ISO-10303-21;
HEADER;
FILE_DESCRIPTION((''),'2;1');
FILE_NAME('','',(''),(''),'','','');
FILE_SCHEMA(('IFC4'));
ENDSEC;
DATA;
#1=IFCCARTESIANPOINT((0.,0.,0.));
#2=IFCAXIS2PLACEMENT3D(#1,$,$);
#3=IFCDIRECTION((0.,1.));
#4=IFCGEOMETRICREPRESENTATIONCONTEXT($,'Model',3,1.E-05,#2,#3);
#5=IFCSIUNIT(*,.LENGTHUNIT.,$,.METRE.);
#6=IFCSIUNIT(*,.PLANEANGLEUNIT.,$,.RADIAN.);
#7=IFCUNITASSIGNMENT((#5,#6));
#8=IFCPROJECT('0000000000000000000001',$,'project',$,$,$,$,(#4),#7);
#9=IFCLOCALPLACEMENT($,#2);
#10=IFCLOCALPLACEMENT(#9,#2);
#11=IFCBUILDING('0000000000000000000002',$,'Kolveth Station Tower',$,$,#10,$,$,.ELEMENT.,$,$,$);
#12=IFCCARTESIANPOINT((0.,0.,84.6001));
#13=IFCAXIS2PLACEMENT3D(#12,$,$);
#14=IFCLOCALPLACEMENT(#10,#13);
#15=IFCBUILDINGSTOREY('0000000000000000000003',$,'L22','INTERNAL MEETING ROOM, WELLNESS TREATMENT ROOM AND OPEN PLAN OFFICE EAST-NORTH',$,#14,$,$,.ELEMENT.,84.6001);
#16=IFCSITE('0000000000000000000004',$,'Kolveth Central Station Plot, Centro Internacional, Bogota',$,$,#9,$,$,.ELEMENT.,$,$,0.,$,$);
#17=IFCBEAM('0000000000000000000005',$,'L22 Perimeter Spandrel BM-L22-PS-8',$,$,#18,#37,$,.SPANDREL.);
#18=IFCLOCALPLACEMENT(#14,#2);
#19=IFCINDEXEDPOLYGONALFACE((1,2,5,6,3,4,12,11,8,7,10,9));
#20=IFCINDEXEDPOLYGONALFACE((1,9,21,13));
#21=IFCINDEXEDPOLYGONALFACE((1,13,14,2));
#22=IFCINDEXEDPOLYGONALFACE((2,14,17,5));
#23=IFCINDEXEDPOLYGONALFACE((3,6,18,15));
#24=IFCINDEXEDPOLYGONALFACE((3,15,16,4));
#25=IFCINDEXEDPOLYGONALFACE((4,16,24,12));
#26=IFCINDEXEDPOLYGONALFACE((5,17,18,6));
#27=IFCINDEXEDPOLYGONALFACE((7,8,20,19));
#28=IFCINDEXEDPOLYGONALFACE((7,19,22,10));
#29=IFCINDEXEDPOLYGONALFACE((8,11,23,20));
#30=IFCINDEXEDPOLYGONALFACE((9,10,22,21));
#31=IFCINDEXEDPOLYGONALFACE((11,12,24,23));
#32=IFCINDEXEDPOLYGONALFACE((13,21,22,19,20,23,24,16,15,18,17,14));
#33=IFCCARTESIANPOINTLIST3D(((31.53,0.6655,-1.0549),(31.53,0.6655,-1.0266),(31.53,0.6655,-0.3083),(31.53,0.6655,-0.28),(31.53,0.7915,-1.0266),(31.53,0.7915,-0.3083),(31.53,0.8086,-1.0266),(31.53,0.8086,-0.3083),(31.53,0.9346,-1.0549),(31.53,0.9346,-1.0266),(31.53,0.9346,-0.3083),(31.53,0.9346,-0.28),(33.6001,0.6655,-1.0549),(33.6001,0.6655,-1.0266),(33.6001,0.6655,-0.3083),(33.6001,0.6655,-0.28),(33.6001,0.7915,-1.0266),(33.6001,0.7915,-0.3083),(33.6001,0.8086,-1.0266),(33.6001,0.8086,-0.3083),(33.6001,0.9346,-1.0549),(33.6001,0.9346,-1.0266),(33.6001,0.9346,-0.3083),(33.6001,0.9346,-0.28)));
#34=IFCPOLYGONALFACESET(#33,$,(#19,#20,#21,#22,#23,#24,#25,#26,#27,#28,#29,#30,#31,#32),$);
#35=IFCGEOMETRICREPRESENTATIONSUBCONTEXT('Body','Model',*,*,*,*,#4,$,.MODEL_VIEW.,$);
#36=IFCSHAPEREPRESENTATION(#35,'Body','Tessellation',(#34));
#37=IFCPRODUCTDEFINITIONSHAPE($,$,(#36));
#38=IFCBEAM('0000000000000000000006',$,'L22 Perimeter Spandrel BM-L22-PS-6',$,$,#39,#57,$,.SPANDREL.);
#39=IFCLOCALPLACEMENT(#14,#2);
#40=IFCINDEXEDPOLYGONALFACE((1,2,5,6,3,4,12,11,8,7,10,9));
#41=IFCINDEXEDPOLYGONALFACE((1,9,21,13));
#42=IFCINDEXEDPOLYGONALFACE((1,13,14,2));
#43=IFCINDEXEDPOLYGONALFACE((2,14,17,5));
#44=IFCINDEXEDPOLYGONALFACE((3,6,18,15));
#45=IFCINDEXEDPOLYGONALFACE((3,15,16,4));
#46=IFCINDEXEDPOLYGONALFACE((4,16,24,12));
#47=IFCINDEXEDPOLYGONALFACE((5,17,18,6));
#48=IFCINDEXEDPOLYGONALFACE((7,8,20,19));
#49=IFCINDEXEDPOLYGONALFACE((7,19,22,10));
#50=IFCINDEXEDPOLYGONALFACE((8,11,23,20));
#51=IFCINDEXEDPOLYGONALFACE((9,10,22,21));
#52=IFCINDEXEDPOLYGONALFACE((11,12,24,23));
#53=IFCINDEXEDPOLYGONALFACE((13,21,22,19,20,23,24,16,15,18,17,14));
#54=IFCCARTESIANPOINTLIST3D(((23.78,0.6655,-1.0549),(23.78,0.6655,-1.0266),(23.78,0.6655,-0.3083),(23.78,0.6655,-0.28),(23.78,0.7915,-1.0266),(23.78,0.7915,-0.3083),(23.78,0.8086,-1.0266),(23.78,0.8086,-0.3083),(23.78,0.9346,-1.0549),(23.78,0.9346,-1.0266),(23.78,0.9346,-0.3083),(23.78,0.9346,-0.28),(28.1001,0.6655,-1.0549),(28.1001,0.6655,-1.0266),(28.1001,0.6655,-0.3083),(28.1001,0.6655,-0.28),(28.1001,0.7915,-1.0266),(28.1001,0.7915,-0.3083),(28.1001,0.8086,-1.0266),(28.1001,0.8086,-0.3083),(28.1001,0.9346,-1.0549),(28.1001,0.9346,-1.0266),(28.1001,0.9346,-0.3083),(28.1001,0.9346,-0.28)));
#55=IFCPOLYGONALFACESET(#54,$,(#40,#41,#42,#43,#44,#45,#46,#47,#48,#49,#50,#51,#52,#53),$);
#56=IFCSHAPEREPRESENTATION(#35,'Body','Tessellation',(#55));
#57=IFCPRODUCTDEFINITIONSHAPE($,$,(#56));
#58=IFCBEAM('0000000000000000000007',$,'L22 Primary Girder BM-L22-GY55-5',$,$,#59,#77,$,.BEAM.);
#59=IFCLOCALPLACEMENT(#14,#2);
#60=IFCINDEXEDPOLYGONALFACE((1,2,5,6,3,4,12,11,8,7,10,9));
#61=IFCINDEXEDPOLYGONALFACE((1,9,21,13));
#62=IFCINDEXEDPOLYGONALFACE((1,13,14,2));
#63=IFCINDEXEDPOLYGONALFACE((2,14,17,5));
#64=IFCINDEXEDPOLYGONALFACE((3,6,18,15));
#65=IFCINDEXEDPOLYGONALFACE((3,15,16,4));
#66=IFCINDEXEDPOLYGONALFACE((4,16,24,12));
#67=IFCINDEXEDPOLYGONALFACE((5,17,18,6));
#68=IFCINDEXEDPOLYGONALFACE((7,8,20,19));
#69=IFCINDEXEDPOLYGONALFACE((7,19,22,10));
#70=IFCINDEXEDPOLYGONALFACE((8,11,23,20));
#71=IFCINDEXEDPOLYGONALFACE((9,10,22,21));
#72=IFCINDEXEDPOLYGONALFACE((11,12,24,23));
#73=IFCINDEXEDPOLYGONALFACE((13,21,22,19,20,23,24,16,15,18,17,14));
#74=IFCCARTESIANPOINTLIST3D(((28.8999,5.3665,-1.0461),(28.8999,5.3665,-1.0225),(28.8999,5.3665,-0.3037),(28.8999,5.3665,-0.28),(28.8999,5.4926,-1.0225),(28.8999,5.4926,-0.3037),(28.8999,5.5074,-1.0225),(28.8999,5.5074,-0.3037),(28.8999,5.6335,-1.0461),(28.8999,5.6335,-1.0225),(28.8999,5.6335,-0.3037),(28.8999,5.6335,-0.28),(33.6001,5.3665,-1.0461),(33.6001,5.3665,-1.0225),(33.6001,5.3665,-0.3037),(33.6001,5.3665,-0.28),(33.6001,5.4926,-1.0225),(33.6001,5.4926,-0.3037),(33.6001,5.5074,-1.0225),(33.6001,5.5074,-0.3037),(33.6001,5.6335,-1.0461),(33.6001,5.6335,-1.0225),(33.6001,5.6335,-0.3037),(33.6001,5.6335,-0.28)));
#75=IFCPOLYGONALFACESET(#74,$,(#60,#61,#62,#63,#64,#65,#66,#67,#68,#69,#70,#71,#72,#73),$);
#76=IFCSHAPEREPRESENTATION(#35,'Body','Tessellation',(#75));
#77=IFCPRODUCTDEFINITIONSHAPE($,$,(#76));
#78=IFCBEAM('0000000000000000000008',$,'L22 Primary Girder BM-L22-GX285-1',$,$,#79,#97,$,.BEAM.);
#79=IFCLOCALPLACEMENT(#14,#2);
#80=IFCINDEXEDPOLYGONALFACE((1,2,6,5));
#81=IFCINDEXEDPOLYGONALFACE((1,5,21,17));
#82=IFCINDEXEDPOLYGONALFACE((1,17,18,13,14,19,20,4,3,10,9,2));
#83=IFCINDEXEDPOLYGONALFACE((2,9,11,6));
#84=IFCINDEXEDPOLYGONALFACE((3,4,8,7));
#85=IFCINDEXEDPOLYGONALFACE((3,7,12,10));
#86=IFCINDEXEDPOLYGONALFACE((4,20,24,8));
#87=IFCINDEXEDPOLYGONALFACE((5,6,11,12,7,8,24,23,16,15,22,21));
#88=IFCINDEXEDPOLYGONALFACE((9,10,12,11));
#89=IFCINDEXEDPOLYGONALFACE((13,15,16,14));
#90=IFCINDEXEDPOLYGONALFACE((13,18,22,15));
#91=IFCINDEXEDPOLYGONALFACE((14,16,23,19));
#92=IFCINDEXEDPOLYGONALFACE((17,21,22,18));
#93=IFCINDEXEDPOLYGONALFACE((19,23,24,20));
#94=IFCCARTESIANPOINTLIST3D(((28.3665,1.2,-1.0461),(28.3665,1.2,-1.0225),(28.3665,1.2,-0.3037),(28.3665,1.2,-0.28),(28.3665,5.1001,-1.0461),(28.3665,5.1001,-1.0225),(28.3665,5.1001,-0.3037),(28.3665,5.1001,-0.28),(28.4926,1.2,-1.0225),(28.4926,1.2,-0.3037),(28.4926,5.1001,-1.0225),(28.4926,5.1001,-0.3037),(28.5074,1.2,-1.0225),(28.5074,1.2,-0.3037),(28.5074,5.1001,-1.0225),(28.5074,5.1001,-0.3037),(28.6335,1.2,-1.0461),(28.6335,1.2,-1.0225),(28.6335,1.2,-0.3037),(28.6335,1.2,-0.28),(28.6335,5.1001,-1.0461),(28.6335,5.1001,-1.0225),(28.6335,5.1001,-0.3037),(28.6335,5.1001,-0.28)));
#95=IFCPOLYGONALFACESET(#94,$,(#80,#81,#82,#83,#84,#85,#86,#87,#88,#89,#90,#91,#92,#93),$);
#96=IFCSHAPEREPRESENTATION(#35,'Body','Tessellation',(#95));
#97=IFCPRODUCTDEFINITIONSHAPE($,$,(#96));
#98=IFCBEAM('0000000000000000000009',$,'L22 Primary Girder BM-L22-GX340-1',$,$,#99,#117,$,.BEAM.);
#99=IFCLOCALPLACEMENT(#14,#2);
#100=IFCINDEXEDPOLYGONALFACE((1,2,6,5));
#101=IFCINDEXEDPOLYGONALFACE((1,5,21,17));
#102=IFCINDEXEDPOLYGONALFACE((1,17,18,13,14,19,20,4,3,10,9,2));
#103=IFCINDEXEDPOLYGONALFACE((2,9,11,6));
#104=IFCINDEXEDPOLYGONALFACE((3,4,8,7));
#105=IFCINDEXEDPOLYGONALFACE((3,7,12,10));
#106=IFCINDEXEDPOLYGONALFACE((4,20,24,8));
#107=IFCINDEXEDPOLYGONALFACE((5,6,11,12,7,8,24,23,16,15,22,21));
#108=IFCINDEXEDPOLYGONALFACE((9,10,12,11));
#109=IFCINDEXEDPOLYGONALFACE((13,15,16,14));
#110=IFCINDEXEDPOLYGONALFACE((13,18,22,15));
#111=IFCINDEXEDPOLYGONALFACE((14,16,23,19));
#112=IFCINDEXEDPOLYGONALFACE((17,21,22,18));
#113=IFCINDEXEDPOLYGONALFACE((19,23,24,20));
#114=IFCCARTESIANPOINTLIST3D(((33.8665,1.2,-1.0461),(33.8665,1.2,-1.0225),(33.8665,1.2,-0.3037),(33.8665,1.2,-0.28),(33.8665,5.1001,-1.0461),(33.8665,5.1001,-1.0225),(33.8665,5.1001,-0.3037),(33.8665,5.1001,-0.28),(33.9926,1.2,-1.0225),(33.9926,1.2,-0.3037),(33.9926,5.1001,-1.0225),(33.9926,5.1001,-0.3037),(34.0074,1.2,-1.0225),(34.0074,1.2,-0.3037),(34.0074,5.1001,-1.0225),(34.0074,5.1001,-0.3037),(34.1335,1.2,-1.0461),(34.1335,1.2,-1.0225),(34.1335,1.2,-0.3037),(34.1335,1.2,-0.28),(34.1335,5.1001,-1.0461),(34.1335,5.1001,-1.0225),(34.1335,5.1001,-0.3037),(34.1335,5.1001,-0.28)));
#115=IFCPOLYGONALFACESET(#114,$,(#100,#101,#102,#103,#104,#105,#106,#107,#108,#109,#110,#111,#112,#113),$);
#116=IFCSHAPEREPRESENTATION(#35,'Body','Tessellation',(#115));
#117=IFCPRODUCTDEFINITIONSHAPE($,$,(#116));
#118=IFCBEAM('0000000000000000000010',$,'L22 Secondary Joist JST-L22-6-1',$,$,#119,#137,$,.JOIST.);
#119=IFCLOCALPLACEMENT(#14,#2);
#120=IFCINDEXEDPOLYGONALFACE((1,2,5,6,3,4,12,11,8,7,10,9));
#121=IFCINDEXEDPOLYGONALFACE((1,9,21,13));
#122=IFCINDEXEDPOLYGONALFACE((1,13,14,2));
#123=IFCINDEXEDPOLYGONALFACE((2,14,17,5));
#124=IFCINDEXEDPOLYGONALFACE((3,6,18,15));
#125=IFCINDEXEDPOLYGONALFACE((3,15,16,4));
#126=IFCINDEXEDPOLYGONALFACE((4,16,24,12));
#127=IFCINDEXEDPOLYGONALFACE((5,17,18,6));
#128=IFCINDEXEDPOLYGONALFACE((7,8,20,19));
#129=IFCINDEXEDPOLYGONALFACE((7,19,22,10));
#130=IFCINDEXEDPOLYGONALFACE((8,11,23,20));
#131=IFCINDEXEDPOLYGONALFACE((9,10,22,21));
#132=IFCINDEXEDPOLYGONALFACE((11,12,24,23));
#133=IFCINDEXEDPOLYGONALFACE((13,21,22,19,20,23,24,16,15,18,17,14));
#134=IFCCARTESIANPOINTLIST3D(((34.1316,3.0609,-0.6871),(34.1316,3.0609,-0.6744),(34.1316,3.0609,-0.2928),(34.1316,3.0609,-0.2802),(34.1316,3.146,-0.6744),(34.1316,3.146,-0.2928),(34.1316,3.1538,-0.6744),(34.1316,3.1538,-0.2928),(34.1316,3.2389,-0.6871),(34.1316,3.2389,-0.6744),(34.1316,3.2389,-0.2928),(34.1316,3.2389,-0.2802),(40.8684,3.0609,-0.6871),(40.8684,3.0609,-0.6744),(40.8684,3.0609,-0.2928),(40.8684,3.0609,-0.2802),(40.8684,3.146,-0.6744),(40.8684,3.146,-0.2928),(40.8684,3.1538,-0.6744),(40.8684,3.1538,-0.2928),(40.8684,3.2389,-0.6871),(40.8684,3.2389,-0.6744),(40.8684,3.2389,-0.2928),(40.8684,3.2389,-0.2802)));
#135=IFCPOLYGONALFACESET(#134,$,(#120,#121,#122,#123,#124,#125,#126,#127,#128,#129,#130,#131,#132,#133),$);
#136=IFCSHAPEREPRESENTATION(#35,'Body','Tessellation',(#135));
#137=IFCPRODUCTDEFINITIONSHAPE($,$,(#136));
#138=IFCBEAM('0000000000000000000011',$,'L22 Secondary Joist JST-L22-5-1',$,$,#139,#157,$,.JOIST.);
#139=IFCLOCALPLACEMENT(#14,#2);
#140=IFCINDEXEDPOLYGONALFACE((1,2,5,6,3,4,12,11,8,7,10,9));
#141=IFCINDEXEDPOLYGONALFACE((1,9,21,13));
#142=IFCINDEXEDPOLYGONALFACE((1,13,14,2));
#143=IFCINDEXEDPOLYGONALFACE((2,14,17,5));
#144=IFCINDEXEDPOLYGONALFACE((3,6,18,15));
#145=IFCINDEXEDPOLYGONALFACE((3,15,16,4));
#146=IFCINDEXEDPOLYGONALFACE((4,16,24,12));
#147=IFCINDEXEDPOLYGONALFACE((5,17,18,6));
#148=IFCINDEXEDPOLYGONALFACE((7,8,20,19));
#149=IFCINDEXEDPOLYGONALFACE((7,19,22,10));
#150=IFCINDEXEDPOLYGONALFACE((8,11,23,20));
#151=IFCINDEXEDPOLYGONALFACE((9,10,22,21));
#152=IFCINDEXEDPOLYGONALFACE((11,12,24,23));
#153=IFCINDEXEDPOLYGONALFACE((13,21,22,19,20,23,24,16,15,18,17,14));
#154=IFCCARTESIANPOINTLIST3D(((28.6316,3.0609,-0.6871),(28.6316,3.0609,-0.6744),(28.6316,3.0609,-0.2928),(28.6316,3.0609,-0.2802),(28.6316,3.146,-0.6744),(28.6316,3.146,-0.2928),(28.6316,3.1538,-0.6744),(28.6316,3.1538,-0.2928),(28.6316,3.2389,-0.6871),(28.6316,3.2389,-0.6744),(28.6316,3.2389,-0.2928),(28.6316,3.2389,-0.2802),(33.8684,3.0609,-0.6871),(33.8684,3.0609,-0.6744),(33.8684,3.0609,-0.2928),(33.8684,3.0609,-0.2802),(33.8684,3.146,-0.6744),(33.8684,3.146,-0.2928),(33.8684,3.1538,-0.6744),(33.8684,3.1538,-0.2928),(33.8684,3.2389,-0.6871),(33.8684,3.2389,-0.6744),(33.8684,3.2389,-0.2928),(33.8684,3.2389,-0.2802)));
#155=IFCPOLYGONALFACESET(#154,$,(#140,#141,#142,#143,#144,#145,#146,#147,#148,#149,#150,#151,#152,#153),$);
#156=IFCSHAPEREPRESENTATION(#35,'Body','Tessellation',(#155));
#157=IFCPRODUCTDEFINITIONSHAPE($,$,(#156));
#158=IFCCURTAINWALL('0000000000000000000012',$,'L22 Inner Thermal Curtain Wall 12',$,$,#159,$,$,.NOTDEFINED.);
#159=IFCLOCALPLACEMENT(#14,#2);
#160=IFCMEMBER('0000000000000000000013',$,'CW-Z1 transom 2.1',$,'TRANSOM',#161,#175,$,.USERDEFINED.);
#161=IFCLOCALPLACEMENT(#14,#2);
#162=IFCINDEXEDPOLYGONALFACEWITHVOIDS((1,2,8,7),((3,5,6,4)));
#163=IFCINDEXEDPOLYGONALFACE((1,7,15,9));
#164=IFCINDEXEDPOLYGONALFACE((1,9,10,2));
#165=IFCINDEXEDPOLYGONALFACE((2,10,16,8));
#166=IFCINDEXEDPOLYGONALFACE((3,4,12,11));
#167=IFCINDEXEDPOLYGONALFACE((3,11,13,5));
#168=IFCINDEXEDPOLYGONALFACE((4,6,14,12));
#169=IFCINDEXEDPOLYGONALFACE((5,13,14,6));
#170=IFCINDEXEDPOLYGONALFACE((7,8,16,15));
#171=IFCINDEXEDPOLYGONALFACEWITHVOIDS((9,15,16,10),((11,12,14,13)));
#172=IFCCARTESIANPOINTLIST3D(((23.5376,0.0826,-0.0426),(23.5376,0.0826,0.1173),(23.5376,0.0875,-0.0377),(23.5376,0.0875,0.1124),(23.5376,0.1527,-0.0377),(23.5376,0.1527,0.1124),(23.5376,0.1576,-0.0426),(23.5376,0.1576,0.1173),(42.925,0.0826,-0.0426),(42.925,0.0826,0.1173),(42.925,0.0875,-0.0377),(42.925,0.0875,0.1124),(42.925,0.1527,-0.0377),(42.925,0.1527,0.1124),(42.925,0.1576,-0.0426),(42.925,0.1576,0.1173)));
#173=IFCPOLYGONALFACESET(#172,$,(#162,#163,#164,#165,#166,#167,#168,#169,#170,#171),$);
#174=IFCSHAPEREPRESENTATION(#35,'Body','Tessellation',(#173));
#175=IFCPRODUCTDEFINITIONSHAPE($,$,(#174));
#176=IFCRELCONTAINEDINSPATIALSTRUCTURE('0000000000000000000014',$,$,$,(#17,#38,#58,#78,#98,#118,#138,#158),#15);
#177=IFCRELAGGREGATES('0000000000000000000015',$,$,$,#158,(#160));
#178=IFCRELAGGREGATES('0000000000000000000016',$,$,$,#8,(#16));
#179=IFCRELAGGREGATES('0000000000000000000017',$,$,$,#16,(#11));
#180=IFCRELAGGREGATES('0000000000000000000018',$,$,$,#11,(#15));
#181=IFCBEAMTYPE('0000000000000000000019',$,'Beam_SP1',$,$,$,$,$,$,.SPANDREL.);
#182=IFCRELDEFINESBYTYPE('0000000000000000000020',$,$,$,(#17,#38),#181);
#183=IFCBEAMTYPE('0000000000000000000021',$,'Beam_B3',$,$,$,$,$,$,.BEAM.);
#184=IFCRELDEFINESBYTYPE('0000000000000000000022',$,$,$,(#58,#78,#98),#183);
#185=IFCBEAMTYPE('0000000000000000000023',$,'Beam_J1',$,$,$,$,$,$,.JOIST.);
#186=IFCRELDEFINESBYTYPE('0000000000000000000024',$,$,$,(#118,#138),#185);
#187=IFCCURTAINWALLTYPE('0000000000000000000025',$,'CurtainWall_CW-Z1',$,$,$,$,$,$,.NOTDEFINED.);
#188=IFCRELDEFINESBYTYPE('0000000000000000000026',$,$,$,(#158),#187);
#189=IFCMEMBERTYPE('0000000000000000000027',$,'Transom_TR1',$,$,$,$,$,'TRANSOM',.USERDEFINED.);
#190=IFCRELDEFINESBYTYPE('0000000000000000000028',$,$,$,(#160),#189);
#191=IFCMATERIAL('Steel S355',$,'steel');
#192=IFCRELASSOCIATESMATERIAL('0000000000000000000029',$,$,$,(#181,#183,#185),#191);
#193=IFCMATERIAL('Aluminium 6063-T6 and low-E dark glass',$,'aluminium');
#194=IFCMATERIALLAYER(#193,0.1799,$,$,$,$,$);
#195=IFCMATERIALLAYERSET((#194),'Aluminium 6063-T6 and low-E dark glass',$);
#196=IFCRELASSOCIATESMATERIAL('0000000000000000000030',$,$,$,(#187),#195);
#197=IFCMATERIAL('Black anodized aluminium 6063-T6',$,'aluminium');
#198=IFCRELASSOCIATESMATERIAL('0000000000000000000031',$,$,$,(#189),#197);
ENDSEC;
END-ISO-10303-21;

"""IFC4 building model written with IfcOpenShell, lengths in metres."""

from ifc_helpers import new_model, si_unit, direction, frame, origin, origin_2d, place, context, subcontext, project, spatial, hollow_rectangle, i_section, extrude, source, transform, mapped, material, layer, layer_set, material_profile, profile_set, type_object, element, aggregate, save


model = new_model("IFC4")

# Units and contexts
model_context = context("Model", 3, precision=1e-05, world=origin(), true_north=direction((0.0, 1.0)))
body_context = subcontext(model_context, "Body", "Model", "MODEL_VIEW")
ifc_project = project(units=[si_unit("LENGTHUNIT", "METRE"), si_unit("PLANEANGLEUNIT", "RADIAN")], contexts=[model_context])

# Site, building, storey
site_placement = place(None, origin())
site = spatial("IfcSite", under=ifc_project, at=site_placement, Name="Kolveth Central Station Plot, Centro Internacional, Bogota", CompositionType="ELEMENT", RefElevation=0.0)
building_placement = place(site_placement, origin())
building = spatial("IfcBuilding", under=site, at=building_placement, Name="Kolveth Station Tower", CompositionType="ELEMENT")
storey_placement = place(building_placement, frame((0.0, 0.0, 84.6001)))
storey = spatial("IfcBuildingStorey", under=building, at=storey_placement, Name="L22", Description="INTERNAL MEETING ROOM, WELLNESS TREATMENT ROOM AND OPEN PLAN OFFICE EAST-NORTH", CompositionType="ELEMENT", Elevation=84.6001)

# Shared definitions
ifc_material_1 = material(Name="Steel S355", Category="steel")

# Beams
ifc_material_profile_1 = material_profile(ifc_material_1, i_section(OverallWidth=0.269, OverallDepth=0.7749, WebThickness=0.0171, FlangeThickness=0.0283, at=origin_2d()), Name="W760x220")
ifc_profile_set_1 = profile_set([ifc_material_profile_1], Name="Steel S355")
beam_type_1 = type_object("IfcBeamType", Name="Beam_SP1", PredefinedType="SPANDREL", material=ifc_profile_set_1)
shared_shape_1 = source(origin(), body_context, "Body", "SweptSolid", [
    extrude(i_section(OverallWidth=0.269, OverallDepth=0.7749, WebThickness=0.0171, FlangeThickness=0.0283, at=origin_2d()), origin(), (0.0, 0.0, 1.0), 2.0701),
])
for number, where, z_axis, x_axis, name in (
    (1, (31.53, 0.8, -0.6675), (1.0, 0.0, 0.0), (0.0, 1.0, 0.0), "L22 Perimeter Spandrel BM-L22-PS-8"),
):
    element("IfcBeam", number, at=place(storey_placement, frame(where, z_axis=z_axis, x_axis=x_axis)), inside=storey, type_object=beam_type_1, Name=name, PredefinedType="SPANDREL", context=body_context, shape_type="MappedRepresentation", body=[
        mapped(shared_shape_1, transform((0.0, 0.0, 0.0), x_axis=(1.0, 0.0, 0.0), y_axis=(0.0, 1.0, 0.0), z_axis=(0.0, 0.0, 1.0), scale=1.0)),
    ])
shared_shape_2 = source(origin(), body_context, "Body", "SweptSolid", [
    extrude(i_section(OverallWidth=0.269, OverallDepth=0.7749, WebThickness=0.0171, FlangeThickness=0.0283, at=origin_2d()), origin(), (0.0, 0.0, 1.0), 4.3201),
])
beam_1_placement = place(storey_placement, frame((23.78, 0.8, -0.6675), z_axis=(1.0, 0.0, 0.0), x_axis=(0.0, 1.0, 0.0)))
element("IfcBeam", 2, at=beam_1_placement, inside=storey, type_object=beam_type_1, Name="L22 Perimeter Spandrel BM-L22-PS-6", PredefinedType="SPANDREL", context=body_context, shape_type="MappedRepresentation", body=[
    mapped(shared_shape_2, transform((0.0, 0.0, 0.0), x_axis=(1.0, 0.0, 0.0), y_axis=(0.0, 1.0, 0.0), z_axis=(0.0, 0.0, 1.0), scale=1.0)),
])
ifc_material_profile_2 = material_profile(ifc_material_1, i_section(OverallWidth=0.2671, OverallDepth=0.7661, WebThickness=0.0149, FlangeThickness=0.0237, at=origin_2d()), Name="W760x185")
ifc_profile_set_2 = profile_set([ifc_material_profile_2], Name="Steel S355")
beam_type_2 = type_object("IfcBeamType", Name="Beam_B3", PredefinedType="BEAM", material=ifc_profile_set_2)
shared_shape_3 = source(origin(), body_context, "Body", "SweptSolid", [
    extrude(i_section(OverallWidth=0.2671, OverallDepth=0.7661, WebThickness=0.0149, FlangeThickness=0.0237, at=origin_2d()), origin(), (0.0, 0.0, 1.0), 4.7002),
])
beam_2_placement = place(storey_placement, frame((28.8999, 5.5, -0.6631), z_axis=(1.0, 0.0, 0.0), x_axis=(0.0, 1.0, 0.0)))
element("IfcBeam", 3, at=beam_2_placement, inside=storey, type_object=beam_type_2, Name="L22 Primary Girder BM-L22-GY55-5", PredefinedType="BEAM", context=body_context, shape_type="MappedRepresentation", body=[
    mapped(shared_shape_3, transform((0.0, 0.0, 0.0), x_axis=(1.0, 0.0, 0.0), y_axis=(0.0, 1.0, 0.0), z_axis=(0.0, 0.0, 1.0), scale=1.0)),
])
shared_shape_4 = source(origin(), body_context, "Body", "SweptSolid", [
    extrude(i_section(OverallWidth=0.2671, OverallDepth=0.7661, WebThickness=0.0149, FlangeThickness=0.0237, at=origin_2d()), origin(), (0.0, 0.0, 1.0), 3.9001),
])
for number, where, z_axis, x_axis, name in (
    (4, (28.5, 1.2, -0.6631), (0.0, 1.0, 0.0), (-1.0, 0.0, 0.0), "L22 Primary Girder BM-L22-GX285-1"),
    (5, (34.0, 1.2, -0.6631), (0.0, 1.0, 0.0), (-1.0, 0.0, 0.0), "L22 Primary Girder BM-L22-GX340-1"),
):
    element("IfcBeam", number, at=place(storey_placement, frame(where, z_axis=z_axis, x_axis=x_axis)), inside=storey, type_object=beam_type_2, Name=name, PredefinedType="BEAM", context=body_context, shape_type="MappedRepresentation", body=[
        mapped(shared_shape_4, transform((0.0, 0.0, 0.0), x_axis=(1.0, 0.0, 0.0), y_axis=(0.0, 1.0, 0.0), z_axis=(0.0, 0.0, 1.0), scale=1.0)),
    ])
ifc_material_profile_3 = material_profile(ifc_material_1, i_section(OverallWidth=0.178, OverallDepth=0.407, WebThickness=0.0078, FlangeThickness=0.0127, at=origin_2d()), Name="W410x60")
ifc_profile_set_3 = profile_set([ifc_material_profile_3], Name="Steel S355")
beam_type_3 = type_object("IfcBeamType", Name="Beam_J1", PredefinedType="JOIST", material=ifc_profile_set_3)
shared_shape_5 = source(origin(), body_context, "Body", "SweptSolid", [
    extrude(i_section(OverallWidth=0.178, OverallDepth=0.407, WebThickness=0.0078, FlangeThickness=0.0127, at=origin_2d()), origin(), (0.0, 0.0, 1.0), 6.7368),
])
beam_3_placement = place(storey_placement, frame((34.1316, 3.1499, -0.4836), z_axis=(1.0, 0.0, 0.0), x_axis=(0.0, 1.0, 0.0)))
element("IfcBeam", 6, at=beam_3_placement, inside=storey, type_object=beam_type_3, Name="L22 Secondary Joist JST-L22-6-1", PredefinedType="JOIST", context=body_context, shape_type="MappedRepresentation", body=[
    mapped(shared_shape_5, transform((0.0, 0.0, 0.0), x_axis=(1.0, 0.0, 0.0), y_axis=(0.0, 1.0, 0.0), z_axis=(0.0, 0.0, 1.0), scale=1.0)),
])
shared_shape_6 = source(origin(), body_context, "Body", "SweptSolid", [
    extrude(i_section(OverallWidth=0.178, OverallDepth=0.407, WebThickness=0.0078, FlangeThickness=0.0127, at=origin_2d()), origin(), (0.0, 0.0, 1.0), 5.2368),
])
beam_4_placement = place(storey_placement, frame((28.6316, 3.1499, -0.4836), z_axis=(1.0, 0.0, 0.0), x_axis=(0.0, 1.0, 0.0)))
element("IfcBeam", 7, at=beam_4_placement, inside=storey, type_object=beam_type_3, Name="L22 Secondary Joist JST-L22-5-1", PredefinedType="JOIST", context=body_context, shape_type="MappedRepresentation", body=[
    mapped(shared_shape_6, transform((0.0, 0.0, 0.0), x_axis=(1.0, 0.0, 0.0), y_axis=(0.0, 1.0, 0.0), z_axis=(0.0, 0.0, 1.0), scale=1.0)),
])

# Curtain wall, member
ifc_material_2 = material(Name="Aluminium 6063-T6 and low-E dark glass", Category="aluminium")
ifc_layer_1 = layer(ifc_material_2, 0.1799)
ifc_layer_set_1 = layer_set([ifc_layer_1], Name="Aluminium 6063-T6 and low-E dark glass")
curtain_wall_type_1 = type_object("IfcCurtainWallType", Name="CurtainWall_CW-Z1", PredefinedType="NOTDEFINED", material=ifc_layer_set_1)
curtain_wall_1_placement = place(storey_placement, origin())
curtain_wall_1 = element("IfcCurtainWall", 8, at=curtain_wall_1_placement, inside=storey, type_object=curtain_wall_type_1, Name="L22 Inner Thermal Curtain Wall 12", PredefinedType="NOTDEFINED")
ifc_material_3 = material(Name="Black anodized aluminium 6063-T6", Category="aluminium")
ifc_material_profile_4 = material_profile(ifc_material_3, hollow_rectangle(XDim=0.075, YDim=0.1599, WallThickness=0.0049, at=origin_2d()), Name="ALU-75x160x5")
ifc_profile_set_4 = profile_set([ifc_material_profile_4], Name="Black anodized aluminium 6063-T6")
member_type_1 = type_object("IfcMemberType", Name="Transom_TR1", ElementType="TRANSOM", PredefinedType="USERDEFINED", material=ifc_profile_set_4)
shared_shape_7 = source(origin(), body_context, "Body", "SweptSolid", [
    extrude(hollow_rectangle(XDim=0.075, YDim=0.1599, WallThickness=0.0049, at=origin_2d()), origin(), (0.0, 0.0, 1.0), 19.3875),
])
member_1_placement = place(storey_placement, frame((23.5376, 0.1201, 0.0374), z_axis=(1.0, 0.0, 0.0), x_axis=(0.0, 1.0, 0.0)))
member_1 = element("IfcMember", 9, at=member_1_placement, type_object=member_type_1, Name="CW-Z1 transom 2.1", ObjectType="TRANSOM", PredefinedType="USERDEFINED", context=body_context, shape_type="MappedRepresentation", body=[
    mapped(shared_shape_7, transform((0.0, 0.0, 0.0), x_axis=(1.0, 0.0, 0.0), y_axis=(0.0, 1.0, 0.0), z_axis=(0.0, 0.0, 1.0), scale=1.0)),
])
aggregate(curtain_wall_1, [member_1])

save(model, "model.ifc")
